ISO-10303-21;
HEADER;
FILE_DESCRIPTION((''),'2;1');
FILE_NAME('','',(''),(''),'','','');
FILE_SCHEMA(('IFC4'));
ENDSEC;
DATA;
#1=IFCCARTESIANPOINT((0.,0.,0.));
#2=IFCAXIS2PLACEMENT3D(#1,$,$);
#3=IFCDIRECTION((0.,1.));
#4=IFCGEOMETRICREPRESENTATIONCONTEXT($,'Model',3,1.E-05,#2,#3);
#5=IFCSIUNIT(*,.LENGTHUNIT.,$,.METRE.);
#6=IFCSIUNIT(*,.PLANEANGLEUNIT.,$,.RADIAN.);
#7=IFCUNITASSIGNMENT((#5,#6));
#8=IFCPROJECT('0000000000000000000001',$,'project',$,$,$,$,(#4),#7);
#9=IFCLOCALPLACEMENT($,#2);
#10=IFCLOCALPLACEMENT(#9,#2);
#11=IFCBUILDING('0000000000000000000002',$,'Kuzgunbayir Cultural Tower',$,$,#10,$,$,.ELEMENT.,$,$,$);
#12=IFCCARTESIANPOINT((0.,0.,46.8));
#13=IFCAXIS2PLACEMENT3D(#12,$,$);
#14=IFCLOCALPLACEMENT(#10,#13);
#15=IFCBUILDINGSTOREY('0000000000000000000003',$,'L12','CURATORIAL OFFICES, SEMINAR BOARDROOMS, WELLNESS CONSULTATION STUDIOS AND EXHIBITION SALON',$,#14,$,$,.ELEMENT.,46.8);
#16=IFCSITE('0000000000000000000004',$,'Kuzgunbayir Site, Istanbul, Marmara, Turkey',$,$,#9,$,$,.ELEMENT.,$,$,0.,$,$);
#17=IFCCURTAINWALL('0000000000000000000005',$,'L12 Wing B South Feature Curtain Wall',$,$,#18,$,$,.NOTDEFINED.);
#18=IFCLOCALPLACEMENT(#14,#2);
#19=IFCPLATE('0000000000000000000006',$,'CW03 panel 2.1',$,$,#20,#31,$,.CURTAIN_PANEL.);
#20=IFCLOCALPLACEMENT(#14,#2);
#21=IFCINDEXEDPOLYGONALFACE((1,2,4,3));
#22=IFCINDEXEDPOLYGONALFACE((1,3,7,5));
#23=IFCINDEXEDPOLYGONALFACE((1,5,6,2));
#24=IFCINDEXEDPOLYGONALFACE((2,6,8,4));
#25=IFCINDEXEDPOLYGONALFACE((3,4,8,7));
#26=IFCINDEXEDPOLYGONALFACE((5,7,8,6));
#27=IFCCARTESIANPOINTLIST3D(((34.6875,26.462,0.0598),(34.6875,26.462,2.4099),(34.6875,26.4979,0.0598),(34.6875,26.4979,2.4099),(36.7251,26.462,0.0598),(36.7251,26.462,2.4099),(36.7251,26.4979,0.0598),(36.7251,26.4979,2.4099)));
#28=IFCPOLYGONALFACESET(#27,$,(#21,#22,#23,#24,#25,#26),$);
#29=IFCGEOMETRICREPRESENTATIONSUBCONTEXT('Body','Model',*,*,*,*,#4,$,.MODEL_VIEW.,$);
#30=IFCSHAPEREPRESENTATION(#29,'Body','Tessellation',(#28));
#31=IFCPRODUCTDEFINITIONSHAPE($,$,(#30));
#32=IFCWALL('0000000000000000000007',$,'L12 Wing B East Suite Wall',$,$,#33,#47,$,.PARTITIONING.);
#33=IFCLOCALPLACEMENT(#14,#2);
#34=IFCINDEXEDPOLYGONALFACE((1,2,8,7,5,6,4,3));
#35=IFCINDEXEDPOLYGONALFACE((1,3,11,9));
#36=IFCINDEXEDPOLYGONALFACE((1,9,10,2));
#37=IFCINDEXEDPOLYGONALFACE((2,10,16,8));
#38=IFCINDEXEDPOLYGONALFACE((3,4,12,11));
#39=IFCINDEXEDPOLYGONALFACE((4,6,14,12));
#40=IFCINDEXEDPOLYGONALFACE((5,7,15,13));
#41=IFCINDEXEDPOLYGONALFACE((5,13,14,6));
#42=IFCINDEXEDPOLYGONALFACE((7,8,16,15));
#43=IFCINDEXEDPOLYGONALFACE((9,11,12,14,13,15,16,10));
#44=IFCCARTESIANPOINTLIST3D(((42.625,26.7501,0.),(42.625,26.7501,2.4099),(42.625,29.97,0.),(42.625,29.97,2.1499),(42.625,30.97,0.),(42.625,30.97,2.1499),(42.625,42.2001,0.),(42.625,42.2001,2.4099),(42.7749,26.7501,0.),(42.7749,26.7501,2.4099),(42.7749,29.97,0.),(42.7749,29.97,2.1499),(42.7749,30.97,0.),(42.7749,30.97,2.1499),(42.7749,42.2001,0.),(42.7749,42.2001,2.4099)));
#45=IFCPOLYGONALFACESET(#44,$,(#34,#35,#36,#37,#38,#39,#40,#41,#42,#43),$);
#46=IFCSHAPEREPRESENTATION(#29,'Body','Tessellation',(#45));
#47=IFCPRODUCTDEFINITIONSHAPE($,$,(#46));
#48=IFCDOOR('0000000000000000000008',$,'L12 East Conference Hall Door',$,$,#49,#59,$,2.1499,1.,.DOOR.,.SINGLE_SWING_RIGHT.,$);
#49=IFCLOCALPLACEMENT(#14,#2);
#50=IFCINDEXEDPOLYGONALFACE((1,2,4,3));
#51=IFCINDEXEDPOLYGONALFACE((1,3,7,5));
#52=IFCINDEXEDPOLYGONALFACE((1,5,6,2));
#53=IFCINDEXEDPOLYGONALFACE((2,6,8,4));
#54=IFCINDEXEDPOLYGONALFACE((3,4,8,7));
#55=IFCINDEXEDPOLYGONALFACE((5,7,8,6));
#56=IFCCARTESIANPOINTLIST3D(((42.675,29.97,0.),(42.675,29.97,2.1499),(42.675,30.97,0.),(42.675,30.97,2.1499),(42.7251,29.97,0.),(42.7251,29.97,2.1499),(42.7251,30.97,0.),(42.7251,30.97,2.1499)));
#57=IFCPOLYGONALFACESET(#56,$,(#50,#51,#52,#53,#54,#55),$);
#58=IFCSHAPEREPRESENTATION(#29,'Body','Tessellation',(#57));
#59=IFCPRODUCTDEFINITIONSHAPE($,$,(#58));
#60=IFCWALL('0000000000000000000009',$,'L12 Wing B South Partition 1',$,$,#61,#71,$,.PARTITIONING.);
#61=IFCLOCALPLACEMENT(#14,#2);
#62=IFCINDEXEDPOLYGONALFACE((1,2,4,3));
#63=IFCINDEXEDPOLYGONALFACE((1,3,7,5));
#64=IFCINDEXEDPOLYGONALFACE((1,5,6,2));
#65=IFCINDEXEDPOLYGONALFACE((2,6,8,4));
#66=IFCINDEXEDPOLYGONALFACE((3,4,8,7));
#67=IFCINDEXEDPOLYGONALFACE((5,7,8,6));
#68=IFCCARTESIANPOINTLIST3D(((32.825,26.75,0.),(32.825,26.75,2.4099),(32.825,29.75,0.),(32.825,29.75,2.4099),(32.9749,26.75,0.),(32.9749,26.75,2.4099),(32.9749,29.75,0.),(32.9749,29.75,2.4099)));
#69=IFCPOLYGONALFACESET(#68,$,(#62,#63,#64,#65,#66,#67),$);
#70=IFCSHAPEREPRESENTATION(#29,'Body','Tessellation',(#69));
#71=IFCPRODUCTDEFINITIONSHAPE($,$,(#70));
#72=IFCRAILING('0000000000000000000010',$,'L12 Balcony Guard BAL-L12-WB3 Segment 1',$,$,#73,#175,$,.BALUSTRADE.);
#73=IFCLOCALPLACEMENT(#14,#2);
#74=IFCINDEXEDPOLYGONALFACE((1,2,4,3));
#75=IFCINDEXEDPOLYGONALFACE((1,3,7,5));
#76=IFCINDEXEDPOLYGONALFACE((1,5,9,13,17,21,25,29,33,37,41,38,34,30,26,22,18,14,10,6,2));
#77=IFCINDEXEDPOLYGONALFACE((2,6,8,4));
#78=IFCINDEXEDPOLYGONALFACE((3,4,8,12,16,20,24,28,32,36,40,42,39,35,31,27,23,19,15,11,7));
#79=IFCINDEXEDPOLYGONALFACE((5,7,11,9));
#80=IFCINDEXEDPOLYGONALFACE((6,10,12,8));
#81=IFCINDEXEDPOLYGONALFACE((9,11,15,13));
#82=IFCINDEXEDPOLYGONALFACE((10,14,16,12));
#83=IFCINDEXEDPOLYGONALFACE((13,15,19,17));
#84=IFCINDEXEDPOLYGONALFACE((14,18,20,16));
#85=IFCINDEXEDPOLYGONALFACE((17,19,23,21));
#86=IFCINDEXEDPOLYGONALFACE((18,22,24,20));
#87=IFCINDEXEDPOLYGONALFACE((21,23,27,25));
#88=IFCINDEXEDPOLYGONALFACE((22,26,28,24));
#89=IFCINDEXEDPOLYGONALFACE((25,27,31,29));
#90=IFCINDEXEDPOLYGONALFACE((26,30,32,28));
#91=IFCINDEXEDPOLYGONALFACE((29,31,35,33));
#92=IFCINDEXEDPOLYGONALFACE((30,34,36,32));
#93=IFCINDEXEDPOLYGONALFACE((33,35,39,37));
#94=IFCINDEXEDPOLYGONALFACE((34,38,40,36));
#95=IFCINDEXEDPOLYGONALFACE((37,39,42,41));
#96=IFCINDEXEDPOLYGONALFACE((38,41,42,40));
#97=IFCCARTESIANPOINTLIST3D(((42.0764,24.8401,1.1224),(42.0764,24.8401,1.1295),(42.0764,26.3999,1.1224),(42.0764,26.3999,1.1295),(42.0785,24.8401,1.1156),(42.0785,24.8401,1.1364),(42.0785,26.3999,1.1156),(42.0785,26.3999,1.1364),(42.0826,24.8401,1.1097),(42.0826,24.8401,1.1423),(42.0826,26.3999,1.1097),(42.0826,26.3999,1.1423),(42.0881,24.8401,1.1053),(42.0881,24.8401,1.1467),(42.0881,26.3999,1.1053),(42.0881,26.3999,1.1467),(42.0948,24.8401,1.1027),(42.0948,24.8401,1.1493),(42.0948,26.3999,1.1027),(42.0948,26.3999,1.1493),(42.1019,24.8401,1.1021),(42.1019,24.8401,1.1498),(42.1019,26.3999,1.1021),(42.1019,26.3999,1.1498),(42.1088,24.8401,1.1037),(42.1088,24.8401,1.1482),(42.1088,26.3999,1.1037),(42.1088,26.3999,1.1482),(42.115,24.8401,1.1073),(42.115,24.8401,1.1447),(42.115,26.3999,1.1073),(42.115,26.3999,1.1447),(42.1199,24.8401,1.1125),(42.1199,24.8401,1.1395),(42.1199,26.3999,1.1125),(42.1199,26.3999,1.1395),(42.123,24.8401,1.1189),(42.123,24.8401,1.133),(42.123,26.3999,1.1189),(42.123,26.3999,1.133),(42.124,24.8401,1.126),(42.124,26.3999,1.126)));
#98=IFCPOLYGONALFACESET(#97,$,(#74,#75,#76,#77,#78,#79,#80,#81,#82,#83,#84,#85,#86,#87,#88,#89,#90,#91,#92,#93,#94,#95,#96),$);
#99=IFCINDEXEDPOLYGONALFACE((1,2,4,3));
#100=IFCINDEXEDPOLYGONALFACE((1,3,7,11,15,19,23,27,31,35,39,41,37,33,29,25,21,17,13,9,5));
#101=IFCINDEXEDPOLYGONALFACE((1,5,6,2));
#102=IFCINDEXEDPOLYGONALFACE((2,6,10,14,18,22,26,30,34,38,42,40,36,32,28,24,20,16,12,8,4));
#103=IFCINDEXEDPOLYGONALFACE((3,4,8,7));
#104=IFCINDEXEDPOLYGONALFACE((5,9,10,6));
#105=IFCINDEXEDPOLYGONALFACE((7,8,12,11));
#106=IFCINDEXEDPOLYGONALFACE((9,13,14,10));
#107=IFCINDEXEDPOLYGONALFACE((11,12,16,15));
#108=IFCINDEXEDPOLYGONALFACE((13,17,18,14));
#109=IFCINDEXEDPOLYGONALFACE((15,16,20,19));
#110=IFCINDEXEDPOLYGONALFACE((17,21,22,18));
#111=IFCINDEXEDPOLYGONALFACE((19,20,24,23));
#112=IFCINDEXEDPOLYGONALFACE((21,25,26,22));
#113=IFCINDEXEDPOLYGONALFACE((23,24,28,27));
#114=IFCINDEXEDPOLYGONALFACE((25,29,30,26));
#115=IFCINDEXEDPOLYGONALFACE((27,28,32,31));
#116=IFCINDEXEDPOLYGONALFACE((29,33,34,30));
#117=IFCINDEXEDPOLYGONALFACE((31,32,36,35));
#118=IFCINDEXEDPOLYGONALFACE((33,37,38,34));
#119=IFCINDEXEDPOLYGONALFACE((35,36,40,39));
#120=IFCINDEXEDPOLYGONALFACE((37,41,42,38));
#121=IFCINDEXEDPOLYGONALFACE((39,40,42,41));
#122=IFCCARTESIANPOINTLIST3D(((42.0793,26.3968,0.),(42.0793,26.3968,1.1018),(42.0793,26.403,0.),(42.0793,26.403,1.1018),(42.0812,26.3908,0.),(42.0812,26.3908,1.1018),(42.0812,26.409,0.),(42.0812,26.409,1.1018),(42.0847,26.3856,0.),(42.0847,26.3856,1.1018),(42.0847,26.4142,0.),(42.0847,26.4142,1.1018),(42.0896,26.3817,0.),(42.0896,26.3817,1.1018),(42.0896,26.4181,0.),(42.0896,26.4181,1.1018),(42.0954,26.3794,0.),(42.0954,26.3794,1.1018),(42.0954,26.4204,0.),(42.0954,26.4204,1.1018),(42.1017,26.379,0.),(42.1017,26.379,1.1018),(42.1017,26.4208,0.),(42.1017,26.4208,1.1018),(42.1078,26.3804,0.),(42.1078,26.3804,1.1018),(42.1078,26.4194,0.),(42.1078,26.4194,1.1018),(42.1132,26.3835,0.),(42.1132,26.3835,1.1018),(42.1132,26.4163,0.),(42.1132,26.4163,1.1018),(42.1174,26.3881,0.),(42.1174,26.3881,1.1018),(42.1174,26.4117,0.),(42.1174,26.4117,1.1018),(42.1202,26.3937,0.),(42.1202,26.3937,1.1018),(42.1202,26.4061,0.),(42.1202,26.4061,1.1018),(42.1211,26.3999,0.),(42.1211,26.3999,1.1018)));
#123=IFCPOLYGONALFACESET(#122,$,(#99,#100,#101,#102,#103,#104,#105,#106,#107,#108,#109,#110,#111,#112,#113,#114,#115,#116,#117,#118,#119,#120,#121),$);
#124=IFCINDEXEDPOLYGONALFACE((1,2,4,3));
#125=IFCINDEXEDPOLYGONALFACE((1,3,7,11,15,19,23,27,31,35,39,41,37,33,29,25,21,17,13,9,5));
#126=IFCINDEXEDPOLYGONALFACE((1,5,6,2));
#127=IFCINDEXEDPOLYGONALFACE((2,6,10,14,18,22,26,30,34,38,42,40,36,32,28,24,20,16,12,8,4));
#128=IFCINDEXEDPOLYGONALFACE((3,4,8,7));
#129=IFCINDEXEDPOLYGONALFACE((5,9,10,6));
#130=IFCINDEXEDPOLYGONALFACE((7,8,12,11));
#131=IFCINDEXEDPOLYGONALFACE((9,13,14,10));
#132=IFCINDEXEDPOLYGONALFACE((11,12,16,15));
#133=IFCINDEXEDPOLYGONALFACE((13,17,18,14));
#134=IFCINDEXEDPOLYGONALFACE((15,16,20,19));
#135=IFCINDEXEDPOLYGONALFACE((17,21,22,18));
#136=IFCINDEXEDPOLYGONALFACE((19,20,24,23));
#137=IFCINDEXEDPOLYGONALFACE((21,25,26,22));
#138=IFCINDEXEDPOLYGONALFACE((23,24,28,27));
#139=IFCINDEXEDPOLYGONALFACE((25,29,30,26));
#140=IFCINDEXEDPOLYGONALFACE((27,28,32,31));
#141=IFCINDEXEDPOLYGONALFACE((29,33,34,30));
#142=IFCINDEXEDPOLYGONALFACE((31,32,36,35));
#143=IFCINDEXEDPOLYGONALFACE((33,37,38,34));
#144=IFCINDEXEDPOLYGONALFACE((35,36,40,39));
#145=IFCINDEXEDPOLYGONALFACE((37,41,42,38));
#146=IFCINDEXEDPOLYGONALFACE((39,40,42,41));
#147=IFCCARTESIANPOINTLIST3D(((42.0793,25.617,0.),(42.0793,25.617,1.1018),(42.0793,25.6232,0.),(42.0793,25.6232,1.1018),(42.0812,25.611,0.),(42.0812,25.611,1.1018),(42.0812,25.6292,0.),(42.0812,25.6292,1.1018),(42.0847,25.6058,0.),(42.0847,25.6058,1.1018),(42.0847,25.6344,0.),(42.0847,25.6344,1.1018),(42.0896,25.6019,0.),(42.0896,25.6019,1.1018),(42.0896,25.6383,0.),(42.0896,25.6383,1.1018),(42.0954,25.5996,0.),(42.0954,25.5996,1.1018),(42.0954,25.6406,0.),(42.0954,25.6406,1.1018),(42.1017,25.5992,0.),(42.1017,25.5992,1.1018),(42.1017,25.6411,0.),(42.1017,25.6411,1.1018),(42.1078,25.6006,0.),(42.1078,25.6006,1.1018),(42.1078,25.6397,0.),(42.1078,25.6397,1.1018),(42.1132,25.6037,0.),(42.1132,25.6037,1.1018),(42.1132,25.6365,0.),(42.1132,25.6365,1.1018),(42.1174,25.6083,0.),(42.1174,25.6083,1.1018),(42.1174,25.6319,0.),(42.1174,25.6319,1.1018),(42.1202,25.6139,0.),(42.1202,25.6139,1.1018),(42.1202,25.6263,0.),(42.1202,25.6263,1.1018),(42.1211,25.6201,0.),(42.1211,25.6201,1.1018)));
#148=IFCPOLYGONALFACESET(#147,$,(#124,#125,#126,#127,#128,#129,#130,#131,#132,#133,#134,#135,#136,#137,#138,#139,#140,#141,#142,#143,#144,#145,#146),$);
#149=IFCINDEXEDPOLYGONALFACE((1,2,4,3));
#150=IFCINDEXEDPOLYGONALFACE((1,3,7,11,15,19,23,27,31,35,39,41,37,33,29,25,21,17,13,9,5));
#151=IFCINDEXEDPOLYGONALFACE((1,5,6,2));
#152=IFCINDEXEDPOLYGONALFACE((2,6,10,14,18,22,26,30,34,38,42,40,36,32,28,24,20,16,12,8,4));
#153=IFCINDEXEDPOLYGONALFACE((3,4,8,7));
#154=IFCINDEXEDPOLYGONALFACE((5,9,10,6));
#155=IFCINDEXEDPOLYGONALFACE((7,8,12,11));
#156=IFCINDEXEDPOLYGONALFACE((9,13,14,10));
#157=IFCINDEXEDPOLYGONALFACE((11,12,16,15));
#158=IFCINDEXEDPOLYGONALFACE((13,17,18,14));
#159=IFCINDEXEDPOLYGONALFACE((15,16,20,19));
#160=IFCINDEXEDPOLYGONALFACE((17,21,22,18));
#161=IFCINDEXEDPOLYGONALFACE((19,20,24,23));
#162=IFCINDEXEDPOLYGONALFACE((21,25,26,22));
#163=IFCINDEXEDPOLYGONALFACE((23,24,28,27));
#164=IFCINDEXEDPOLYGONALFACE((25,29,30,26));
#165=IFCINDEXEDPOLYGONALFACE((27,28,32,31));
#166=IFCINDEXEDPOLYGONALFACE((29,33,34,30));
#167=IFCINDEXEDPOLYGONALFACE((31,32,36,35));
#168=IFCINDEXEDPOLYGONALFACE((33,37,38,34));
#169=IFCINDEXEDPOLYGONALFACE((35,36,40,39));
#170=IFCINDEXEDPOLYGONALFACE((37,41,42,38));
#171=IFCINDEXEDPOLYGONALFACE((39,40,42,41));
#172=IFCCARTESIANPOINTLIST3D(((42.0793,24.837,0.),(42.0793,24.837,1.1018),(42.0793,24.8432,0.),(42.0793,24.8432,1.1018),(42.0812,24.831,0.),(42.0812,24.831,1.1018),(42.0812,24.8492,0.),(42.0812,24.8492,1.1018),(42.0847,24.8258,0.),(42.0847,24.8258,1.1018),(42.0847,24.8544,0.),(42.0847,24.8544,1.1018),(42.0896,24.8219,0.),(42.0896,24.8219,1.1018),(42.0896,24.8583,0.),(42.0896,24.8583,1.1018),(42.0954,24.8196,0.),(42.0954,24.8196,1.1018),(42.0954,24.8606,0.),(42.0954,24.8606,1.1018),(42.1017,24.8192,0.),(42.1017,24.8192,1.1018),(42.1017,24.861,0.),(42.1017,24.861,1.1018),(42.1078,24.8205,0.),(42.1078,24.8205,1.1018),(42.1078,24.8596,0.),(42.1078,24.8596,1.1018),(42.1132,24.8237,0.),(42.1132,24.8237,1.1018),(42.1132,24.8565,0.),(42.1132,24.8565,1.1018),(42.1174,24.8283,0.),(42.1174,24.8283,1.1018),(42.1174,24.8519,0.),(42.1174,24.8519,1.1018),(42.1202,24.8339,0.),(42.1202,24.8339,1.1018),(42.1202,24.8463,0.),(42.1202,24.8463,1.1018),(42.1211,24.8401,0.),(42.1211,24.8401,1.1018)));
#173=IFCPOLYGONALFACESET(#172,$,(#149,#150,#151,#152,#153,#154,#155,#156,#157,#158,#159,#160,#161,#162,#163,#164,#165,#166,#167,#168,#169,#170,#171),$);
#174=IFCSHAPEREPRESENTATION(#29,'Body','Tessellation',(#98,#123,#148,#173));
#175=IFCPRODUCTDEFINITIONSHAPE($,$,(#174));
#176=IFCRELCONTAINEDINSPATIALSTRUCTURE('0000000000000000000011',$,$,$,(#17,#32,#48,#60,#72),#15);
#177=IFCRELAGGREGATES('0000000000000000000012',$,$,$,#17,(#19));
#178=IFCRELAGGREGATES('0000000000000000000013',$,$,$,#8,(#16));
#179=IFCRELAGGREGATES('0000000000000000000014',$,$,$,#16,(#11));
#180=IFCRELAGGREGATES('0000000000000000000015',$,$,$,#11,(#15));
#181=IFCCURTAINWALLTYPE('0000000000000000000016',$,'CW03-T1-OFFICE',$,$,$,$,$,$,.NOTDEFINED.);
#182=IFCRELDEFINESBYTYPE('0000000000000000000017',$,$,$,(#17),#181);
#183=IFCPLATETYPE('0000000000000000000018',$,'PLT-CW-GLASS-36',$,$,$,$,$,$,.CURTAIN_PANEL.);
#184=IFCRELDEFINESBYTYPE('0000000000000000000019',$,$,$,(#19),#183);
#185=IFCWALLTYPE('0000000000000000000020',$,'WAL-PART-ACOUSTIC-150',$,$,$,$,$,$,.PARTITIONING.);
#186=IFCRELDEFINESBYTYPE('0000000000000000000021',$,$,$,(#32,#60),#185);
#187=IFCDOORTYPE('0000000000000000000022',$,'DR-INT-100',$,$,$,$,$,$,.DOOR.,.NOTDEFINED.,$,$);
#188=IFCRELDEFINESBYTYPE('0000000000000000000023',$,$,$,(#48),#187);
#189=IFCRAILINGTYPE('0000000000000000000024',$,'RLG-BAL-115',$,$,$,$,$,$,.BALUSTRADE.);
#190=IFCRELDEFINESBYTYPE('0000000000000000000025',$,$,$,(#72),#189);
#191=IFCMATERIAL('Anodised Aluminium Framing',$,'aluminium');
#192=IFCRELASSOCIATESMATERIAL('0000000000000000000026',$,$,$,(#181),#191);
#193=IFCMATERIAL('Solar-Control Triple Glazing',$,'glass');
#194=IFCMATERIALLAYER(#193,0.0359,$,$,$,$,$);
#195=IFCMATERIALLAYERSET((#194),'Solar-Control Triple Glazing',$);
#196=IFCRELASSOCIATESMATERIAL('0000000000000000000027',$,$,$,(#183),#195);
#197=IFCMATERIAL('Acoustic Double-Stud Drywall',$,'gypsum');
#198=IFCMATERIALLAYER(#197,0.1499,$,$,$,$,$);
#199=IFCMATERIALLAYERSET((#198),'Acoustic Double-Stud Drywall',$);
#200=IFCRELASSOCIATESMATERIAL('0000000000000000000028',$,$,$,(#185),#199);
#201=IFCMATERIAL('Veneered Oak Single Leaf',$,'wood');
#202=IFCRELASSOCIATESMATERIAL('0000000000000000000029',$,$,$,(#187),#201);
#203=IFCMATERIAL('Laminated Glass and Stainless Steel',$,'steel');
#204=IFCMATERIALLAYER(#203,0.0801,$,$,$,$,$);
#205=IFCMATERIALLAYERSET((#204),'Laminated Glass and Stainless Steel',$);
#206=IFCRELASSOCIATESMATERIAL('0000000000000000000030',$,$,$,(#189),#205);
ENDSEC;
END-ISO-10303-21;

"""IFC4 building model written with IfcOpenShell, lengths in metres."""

from ifc_helpers import new_model, si_unit, direction, frame, frame_2d, origin, origin_2d, place, context, subcontext, project, spatial, rectangle, circle, extrude, material, layer, layer_set, type_object, element, fill, aggregate, save


model = new_model("IFC4")

# Units and contexts
model_context = context("Model", 3, precision=1e-05, world=origin(), true_north=direction((0.0, 1.0)))
body_context = subcontext(model_context, "Body", "Model", "MODEL_VIEW")
ifc_project = project(units=[si_unit("LENGTHUNIT", "METRE"), si_unit("PLANEANGLEUNIT", "RADIAN")], contexts=[model_context])

# Site, building, storey
site_placement = place(None, origin())
site = spatial("IfcSite", under=ifc_project, at=site_placement, Name="Kuzgunbayir Site, Istanbul, Marmara, Turkey", CompositionType="ELEMENT", RefElevation=0.0)
building_placement = place(site_placement, origin())
building = spatial("IfcBuilding", under=site, at=building_placement, Name="Kuzgunbayir Cultural Tower", CompositionType="ELEMENT")
storey_placement = place(building_placement, frame((0.0, 0.0, 46.8)))
storey = spatial("IfcBuildingStorey", under=building, at=storey_placement, Name="L12", Description="CURATORIAL OFFICES, SEMINAR BOARDROOMS, WELLNESS CONSULTATION STUDIOS AND EXHIBITION SALON", CompositionType="ELEMENT", Elevation=46.8)

# Curtain wall, plate
ifc_material_1 = material(Name="Anodised Aluminium Framing", Category="aluminium")
curtain_wall_type = type_object("IfcCurtainWallType", Name="CW03-T1-OFFICE", PredefinedType="NOTDEFINED", material=ifc_material_1)
curtain_wall_placement = place(storey_placement, origin())
curtain_wall = element("IfcCurtainWall", 1, at=curtain_wall_placement, inside=storey, type_object=curtain_wall_type, Name="L12 Wing B South Feature Curtain Wall", PredefinedType="NOTDEFINED")
ifc_material_2 = material(Name="Solar-Control Triple Glazing", Category="glass")
ifc_layer_1 = layer(ifc_material_2, 0.0359)
ifc_layer_set_1 = layer_set([ifc_layer_1], Name="Solar-Control Triple Glazing")
plate_type = type_object("IfcPlateType", Name="PLT-CW-GLASS-36", PredefinedType="CURTAIN_PANEL", material=ifc_layer_set_1)
plate_1_placement = place(storey_placement, frame((35.7063, 26.48, 0.0598), z_axis=(0.0, 0.0, 1.0), x_axis=(1.0, 0.0, 0.0)))
plate_1 = element("IfcPlate", 2, at=plate_1_placement, type_object=plate_type, Name="CW03 panel 2.1", PredefinedType="CURTAIN_PANEL", context=body_context, shape_type="SweptSolid", body=[
    extrude(rectangle(XDim=2.0376, YDim=0.0359, at=origin_2d()), origin(), (0.0, 0.0, 1.0), 2.3501),
])
aggregate(curtain_wall, [plate_1])

# Wall, opening, door
ifc_material_3 = material(Name="Acoustic Double-Stud Drywall", Category="gypsum")
ifc_layer_2 = layer(ifc_material_3, 0.1499)
ifc_layer_set_2 = layer_set([ifc_layer_2], Name="Acoustic Double-Stud Drywall")
wall_type = type_object("IfcWallType", Name="WAL-PART-ACOUSTIC-150", PredefinedType="PARTITIONING", material=ifc_layer_set_2)
wall_1_placement = place(storey_placement, frame((42.7, 26.75, 0.0), z_axis=(0.0, 0.0, 1.0), x_axis=(0.0, 1.0, 0.0)))
wall_1 = element("IfcWall", 3, at=wall_1_placement, inside=storey, type_object=wall_type, Name="L12 Wing B East Suite Wall", PredefinedType="PARTITIONING", context=body_context, shape_type="SweptSolid", body=[
    extrude(rectangle(XDim=15.45, YDim=0.1499, at=frame_2d((7.7251, 0.0))), origin(), (0.0, 0.0, 1.0), 2.4099),
])
opening_placement = place(wall_1_placement, frame((3.22, 0.0, 0.0)))
opening = element("IfcOpeningElement", 4, at=opening_placement, cuts=wall_1, PredefinedType="OPENING", context=body_context, shape_type="SweptSolid", body=[
    extrude(rectangle(XDim=1.0, YDim=2.1499, at=frame_2d((0.5, 1.075))), frame((0.0, 0.085, 0.0), z_axis=(0.0, -1.0, 0.0), x_axis=(1.0, 0.0, 0.0)), (0.0, 0.0, 1.0), 0.1699),
])
ifc_material_4 = material(Name="Veneered Oak Single Leaf", Category="wood")
door_type = type_object("IfcDoorType", Name="DR-INT-100", OperationType="NOTDEFINED", PredefinedType="DOOR", material=ifc_material_4)
door_placement = place(opening_placement, origin())
door = element("IfcDoor", 5, at=door_placement, inside=storey, type_object=door_type, Name="L12 East Conference Hall Door", OperationType="SINGLE_SWING_RIGHT", OverallHeight=2.1499, OverallWidth=1.0, PredefinedType="DOOR", context=body_context, shape_type="SweptSolid", body=[
    extrude(rectangle(XDim=1.0, YDim=2.1499, at=frame_2d((0.5, 1.075))), frame((0.0, 0.0249, 0.0), z_axis=(0.0, -1.0, 0.0), x_axis=(1.0, 0.0, 0.0)), (0.0, 0.0, 1.0), 0.05),
])
fill(opening, door)

# Wall
wall_2_placement = place(storey_placement, frame((32.8999, 26.75, 0.0), z_axis=(0.0, 0.0, 1.0), x_axis=(0.0, 1.0, 0.0)))
element("IfcWall", 6, at=wall_2_placement, inside=storey, type_object=wall_type, Name="L12 Wing B South Partition 1", PredefinedType="PARTITIONING", context=body_context, shape_type="SweptSolid", body=[
    extrude(rectangle(XDim=3.0, YDim=0.1499, at=frame_2d((1.5, 0.0))), origin(), (0.0, 0.0, 1.0), 2.4099),
])

# Railing
ifc_material_5 = material(Name="Laminated Glass and Stainless Steel", Category="steel")
ifc_layer_3 = layer(ifc_material_5, 0.0801)
ifc_layer_set_3 = layer_set([ifc_layer_3], Name="Laminated Glass and Stainless Steel")
railing_type = type_object("IfcRailingType", Name="RLG-BAL-115", PredefinedType="BALUSTRADE", material=ifc_layer_set_3)
railing_1_placement = place(storey_placement, frame((42.1001, 26.3999, 0.0)))
element("IfcRailing", 7, at=railing_1_placement, inside=storey, type_object=railing_type, Name="L12 Balcony Guard BAL-L12-WB3 Segment 1", PredefinedType="BALUSTRADE", context=body_context, shape_type="SweptSolid", body=[
    extrude(circle(Radius=0.0239, at=origin_2d()), frame((0.0, 0.0, 1.126), z_axis=(0.0, -1.0, 0.0), x_axis=(1.0, 0.0, 0.0)), (0.0, 0.0, 1.0), 1.5598),
    extrude(circle(Radius=0.021, at=origin_2d()), origin(), (0.0, 0.0, 1.0), 1.1018),
    extrude(circle(Radius=0.021, at=origin_2d()), frame((0.0, -0.7798, 0.0)), (0.0, 0.0, 1.0), 1.1018),
    extrude(circle(Radius=0.021, at=origin_2d()), frame((0.0, -1.5598, 0.0)), (0.0, 0.0, 1.0), 1.1018),
])

save(model, "model.ifc")
